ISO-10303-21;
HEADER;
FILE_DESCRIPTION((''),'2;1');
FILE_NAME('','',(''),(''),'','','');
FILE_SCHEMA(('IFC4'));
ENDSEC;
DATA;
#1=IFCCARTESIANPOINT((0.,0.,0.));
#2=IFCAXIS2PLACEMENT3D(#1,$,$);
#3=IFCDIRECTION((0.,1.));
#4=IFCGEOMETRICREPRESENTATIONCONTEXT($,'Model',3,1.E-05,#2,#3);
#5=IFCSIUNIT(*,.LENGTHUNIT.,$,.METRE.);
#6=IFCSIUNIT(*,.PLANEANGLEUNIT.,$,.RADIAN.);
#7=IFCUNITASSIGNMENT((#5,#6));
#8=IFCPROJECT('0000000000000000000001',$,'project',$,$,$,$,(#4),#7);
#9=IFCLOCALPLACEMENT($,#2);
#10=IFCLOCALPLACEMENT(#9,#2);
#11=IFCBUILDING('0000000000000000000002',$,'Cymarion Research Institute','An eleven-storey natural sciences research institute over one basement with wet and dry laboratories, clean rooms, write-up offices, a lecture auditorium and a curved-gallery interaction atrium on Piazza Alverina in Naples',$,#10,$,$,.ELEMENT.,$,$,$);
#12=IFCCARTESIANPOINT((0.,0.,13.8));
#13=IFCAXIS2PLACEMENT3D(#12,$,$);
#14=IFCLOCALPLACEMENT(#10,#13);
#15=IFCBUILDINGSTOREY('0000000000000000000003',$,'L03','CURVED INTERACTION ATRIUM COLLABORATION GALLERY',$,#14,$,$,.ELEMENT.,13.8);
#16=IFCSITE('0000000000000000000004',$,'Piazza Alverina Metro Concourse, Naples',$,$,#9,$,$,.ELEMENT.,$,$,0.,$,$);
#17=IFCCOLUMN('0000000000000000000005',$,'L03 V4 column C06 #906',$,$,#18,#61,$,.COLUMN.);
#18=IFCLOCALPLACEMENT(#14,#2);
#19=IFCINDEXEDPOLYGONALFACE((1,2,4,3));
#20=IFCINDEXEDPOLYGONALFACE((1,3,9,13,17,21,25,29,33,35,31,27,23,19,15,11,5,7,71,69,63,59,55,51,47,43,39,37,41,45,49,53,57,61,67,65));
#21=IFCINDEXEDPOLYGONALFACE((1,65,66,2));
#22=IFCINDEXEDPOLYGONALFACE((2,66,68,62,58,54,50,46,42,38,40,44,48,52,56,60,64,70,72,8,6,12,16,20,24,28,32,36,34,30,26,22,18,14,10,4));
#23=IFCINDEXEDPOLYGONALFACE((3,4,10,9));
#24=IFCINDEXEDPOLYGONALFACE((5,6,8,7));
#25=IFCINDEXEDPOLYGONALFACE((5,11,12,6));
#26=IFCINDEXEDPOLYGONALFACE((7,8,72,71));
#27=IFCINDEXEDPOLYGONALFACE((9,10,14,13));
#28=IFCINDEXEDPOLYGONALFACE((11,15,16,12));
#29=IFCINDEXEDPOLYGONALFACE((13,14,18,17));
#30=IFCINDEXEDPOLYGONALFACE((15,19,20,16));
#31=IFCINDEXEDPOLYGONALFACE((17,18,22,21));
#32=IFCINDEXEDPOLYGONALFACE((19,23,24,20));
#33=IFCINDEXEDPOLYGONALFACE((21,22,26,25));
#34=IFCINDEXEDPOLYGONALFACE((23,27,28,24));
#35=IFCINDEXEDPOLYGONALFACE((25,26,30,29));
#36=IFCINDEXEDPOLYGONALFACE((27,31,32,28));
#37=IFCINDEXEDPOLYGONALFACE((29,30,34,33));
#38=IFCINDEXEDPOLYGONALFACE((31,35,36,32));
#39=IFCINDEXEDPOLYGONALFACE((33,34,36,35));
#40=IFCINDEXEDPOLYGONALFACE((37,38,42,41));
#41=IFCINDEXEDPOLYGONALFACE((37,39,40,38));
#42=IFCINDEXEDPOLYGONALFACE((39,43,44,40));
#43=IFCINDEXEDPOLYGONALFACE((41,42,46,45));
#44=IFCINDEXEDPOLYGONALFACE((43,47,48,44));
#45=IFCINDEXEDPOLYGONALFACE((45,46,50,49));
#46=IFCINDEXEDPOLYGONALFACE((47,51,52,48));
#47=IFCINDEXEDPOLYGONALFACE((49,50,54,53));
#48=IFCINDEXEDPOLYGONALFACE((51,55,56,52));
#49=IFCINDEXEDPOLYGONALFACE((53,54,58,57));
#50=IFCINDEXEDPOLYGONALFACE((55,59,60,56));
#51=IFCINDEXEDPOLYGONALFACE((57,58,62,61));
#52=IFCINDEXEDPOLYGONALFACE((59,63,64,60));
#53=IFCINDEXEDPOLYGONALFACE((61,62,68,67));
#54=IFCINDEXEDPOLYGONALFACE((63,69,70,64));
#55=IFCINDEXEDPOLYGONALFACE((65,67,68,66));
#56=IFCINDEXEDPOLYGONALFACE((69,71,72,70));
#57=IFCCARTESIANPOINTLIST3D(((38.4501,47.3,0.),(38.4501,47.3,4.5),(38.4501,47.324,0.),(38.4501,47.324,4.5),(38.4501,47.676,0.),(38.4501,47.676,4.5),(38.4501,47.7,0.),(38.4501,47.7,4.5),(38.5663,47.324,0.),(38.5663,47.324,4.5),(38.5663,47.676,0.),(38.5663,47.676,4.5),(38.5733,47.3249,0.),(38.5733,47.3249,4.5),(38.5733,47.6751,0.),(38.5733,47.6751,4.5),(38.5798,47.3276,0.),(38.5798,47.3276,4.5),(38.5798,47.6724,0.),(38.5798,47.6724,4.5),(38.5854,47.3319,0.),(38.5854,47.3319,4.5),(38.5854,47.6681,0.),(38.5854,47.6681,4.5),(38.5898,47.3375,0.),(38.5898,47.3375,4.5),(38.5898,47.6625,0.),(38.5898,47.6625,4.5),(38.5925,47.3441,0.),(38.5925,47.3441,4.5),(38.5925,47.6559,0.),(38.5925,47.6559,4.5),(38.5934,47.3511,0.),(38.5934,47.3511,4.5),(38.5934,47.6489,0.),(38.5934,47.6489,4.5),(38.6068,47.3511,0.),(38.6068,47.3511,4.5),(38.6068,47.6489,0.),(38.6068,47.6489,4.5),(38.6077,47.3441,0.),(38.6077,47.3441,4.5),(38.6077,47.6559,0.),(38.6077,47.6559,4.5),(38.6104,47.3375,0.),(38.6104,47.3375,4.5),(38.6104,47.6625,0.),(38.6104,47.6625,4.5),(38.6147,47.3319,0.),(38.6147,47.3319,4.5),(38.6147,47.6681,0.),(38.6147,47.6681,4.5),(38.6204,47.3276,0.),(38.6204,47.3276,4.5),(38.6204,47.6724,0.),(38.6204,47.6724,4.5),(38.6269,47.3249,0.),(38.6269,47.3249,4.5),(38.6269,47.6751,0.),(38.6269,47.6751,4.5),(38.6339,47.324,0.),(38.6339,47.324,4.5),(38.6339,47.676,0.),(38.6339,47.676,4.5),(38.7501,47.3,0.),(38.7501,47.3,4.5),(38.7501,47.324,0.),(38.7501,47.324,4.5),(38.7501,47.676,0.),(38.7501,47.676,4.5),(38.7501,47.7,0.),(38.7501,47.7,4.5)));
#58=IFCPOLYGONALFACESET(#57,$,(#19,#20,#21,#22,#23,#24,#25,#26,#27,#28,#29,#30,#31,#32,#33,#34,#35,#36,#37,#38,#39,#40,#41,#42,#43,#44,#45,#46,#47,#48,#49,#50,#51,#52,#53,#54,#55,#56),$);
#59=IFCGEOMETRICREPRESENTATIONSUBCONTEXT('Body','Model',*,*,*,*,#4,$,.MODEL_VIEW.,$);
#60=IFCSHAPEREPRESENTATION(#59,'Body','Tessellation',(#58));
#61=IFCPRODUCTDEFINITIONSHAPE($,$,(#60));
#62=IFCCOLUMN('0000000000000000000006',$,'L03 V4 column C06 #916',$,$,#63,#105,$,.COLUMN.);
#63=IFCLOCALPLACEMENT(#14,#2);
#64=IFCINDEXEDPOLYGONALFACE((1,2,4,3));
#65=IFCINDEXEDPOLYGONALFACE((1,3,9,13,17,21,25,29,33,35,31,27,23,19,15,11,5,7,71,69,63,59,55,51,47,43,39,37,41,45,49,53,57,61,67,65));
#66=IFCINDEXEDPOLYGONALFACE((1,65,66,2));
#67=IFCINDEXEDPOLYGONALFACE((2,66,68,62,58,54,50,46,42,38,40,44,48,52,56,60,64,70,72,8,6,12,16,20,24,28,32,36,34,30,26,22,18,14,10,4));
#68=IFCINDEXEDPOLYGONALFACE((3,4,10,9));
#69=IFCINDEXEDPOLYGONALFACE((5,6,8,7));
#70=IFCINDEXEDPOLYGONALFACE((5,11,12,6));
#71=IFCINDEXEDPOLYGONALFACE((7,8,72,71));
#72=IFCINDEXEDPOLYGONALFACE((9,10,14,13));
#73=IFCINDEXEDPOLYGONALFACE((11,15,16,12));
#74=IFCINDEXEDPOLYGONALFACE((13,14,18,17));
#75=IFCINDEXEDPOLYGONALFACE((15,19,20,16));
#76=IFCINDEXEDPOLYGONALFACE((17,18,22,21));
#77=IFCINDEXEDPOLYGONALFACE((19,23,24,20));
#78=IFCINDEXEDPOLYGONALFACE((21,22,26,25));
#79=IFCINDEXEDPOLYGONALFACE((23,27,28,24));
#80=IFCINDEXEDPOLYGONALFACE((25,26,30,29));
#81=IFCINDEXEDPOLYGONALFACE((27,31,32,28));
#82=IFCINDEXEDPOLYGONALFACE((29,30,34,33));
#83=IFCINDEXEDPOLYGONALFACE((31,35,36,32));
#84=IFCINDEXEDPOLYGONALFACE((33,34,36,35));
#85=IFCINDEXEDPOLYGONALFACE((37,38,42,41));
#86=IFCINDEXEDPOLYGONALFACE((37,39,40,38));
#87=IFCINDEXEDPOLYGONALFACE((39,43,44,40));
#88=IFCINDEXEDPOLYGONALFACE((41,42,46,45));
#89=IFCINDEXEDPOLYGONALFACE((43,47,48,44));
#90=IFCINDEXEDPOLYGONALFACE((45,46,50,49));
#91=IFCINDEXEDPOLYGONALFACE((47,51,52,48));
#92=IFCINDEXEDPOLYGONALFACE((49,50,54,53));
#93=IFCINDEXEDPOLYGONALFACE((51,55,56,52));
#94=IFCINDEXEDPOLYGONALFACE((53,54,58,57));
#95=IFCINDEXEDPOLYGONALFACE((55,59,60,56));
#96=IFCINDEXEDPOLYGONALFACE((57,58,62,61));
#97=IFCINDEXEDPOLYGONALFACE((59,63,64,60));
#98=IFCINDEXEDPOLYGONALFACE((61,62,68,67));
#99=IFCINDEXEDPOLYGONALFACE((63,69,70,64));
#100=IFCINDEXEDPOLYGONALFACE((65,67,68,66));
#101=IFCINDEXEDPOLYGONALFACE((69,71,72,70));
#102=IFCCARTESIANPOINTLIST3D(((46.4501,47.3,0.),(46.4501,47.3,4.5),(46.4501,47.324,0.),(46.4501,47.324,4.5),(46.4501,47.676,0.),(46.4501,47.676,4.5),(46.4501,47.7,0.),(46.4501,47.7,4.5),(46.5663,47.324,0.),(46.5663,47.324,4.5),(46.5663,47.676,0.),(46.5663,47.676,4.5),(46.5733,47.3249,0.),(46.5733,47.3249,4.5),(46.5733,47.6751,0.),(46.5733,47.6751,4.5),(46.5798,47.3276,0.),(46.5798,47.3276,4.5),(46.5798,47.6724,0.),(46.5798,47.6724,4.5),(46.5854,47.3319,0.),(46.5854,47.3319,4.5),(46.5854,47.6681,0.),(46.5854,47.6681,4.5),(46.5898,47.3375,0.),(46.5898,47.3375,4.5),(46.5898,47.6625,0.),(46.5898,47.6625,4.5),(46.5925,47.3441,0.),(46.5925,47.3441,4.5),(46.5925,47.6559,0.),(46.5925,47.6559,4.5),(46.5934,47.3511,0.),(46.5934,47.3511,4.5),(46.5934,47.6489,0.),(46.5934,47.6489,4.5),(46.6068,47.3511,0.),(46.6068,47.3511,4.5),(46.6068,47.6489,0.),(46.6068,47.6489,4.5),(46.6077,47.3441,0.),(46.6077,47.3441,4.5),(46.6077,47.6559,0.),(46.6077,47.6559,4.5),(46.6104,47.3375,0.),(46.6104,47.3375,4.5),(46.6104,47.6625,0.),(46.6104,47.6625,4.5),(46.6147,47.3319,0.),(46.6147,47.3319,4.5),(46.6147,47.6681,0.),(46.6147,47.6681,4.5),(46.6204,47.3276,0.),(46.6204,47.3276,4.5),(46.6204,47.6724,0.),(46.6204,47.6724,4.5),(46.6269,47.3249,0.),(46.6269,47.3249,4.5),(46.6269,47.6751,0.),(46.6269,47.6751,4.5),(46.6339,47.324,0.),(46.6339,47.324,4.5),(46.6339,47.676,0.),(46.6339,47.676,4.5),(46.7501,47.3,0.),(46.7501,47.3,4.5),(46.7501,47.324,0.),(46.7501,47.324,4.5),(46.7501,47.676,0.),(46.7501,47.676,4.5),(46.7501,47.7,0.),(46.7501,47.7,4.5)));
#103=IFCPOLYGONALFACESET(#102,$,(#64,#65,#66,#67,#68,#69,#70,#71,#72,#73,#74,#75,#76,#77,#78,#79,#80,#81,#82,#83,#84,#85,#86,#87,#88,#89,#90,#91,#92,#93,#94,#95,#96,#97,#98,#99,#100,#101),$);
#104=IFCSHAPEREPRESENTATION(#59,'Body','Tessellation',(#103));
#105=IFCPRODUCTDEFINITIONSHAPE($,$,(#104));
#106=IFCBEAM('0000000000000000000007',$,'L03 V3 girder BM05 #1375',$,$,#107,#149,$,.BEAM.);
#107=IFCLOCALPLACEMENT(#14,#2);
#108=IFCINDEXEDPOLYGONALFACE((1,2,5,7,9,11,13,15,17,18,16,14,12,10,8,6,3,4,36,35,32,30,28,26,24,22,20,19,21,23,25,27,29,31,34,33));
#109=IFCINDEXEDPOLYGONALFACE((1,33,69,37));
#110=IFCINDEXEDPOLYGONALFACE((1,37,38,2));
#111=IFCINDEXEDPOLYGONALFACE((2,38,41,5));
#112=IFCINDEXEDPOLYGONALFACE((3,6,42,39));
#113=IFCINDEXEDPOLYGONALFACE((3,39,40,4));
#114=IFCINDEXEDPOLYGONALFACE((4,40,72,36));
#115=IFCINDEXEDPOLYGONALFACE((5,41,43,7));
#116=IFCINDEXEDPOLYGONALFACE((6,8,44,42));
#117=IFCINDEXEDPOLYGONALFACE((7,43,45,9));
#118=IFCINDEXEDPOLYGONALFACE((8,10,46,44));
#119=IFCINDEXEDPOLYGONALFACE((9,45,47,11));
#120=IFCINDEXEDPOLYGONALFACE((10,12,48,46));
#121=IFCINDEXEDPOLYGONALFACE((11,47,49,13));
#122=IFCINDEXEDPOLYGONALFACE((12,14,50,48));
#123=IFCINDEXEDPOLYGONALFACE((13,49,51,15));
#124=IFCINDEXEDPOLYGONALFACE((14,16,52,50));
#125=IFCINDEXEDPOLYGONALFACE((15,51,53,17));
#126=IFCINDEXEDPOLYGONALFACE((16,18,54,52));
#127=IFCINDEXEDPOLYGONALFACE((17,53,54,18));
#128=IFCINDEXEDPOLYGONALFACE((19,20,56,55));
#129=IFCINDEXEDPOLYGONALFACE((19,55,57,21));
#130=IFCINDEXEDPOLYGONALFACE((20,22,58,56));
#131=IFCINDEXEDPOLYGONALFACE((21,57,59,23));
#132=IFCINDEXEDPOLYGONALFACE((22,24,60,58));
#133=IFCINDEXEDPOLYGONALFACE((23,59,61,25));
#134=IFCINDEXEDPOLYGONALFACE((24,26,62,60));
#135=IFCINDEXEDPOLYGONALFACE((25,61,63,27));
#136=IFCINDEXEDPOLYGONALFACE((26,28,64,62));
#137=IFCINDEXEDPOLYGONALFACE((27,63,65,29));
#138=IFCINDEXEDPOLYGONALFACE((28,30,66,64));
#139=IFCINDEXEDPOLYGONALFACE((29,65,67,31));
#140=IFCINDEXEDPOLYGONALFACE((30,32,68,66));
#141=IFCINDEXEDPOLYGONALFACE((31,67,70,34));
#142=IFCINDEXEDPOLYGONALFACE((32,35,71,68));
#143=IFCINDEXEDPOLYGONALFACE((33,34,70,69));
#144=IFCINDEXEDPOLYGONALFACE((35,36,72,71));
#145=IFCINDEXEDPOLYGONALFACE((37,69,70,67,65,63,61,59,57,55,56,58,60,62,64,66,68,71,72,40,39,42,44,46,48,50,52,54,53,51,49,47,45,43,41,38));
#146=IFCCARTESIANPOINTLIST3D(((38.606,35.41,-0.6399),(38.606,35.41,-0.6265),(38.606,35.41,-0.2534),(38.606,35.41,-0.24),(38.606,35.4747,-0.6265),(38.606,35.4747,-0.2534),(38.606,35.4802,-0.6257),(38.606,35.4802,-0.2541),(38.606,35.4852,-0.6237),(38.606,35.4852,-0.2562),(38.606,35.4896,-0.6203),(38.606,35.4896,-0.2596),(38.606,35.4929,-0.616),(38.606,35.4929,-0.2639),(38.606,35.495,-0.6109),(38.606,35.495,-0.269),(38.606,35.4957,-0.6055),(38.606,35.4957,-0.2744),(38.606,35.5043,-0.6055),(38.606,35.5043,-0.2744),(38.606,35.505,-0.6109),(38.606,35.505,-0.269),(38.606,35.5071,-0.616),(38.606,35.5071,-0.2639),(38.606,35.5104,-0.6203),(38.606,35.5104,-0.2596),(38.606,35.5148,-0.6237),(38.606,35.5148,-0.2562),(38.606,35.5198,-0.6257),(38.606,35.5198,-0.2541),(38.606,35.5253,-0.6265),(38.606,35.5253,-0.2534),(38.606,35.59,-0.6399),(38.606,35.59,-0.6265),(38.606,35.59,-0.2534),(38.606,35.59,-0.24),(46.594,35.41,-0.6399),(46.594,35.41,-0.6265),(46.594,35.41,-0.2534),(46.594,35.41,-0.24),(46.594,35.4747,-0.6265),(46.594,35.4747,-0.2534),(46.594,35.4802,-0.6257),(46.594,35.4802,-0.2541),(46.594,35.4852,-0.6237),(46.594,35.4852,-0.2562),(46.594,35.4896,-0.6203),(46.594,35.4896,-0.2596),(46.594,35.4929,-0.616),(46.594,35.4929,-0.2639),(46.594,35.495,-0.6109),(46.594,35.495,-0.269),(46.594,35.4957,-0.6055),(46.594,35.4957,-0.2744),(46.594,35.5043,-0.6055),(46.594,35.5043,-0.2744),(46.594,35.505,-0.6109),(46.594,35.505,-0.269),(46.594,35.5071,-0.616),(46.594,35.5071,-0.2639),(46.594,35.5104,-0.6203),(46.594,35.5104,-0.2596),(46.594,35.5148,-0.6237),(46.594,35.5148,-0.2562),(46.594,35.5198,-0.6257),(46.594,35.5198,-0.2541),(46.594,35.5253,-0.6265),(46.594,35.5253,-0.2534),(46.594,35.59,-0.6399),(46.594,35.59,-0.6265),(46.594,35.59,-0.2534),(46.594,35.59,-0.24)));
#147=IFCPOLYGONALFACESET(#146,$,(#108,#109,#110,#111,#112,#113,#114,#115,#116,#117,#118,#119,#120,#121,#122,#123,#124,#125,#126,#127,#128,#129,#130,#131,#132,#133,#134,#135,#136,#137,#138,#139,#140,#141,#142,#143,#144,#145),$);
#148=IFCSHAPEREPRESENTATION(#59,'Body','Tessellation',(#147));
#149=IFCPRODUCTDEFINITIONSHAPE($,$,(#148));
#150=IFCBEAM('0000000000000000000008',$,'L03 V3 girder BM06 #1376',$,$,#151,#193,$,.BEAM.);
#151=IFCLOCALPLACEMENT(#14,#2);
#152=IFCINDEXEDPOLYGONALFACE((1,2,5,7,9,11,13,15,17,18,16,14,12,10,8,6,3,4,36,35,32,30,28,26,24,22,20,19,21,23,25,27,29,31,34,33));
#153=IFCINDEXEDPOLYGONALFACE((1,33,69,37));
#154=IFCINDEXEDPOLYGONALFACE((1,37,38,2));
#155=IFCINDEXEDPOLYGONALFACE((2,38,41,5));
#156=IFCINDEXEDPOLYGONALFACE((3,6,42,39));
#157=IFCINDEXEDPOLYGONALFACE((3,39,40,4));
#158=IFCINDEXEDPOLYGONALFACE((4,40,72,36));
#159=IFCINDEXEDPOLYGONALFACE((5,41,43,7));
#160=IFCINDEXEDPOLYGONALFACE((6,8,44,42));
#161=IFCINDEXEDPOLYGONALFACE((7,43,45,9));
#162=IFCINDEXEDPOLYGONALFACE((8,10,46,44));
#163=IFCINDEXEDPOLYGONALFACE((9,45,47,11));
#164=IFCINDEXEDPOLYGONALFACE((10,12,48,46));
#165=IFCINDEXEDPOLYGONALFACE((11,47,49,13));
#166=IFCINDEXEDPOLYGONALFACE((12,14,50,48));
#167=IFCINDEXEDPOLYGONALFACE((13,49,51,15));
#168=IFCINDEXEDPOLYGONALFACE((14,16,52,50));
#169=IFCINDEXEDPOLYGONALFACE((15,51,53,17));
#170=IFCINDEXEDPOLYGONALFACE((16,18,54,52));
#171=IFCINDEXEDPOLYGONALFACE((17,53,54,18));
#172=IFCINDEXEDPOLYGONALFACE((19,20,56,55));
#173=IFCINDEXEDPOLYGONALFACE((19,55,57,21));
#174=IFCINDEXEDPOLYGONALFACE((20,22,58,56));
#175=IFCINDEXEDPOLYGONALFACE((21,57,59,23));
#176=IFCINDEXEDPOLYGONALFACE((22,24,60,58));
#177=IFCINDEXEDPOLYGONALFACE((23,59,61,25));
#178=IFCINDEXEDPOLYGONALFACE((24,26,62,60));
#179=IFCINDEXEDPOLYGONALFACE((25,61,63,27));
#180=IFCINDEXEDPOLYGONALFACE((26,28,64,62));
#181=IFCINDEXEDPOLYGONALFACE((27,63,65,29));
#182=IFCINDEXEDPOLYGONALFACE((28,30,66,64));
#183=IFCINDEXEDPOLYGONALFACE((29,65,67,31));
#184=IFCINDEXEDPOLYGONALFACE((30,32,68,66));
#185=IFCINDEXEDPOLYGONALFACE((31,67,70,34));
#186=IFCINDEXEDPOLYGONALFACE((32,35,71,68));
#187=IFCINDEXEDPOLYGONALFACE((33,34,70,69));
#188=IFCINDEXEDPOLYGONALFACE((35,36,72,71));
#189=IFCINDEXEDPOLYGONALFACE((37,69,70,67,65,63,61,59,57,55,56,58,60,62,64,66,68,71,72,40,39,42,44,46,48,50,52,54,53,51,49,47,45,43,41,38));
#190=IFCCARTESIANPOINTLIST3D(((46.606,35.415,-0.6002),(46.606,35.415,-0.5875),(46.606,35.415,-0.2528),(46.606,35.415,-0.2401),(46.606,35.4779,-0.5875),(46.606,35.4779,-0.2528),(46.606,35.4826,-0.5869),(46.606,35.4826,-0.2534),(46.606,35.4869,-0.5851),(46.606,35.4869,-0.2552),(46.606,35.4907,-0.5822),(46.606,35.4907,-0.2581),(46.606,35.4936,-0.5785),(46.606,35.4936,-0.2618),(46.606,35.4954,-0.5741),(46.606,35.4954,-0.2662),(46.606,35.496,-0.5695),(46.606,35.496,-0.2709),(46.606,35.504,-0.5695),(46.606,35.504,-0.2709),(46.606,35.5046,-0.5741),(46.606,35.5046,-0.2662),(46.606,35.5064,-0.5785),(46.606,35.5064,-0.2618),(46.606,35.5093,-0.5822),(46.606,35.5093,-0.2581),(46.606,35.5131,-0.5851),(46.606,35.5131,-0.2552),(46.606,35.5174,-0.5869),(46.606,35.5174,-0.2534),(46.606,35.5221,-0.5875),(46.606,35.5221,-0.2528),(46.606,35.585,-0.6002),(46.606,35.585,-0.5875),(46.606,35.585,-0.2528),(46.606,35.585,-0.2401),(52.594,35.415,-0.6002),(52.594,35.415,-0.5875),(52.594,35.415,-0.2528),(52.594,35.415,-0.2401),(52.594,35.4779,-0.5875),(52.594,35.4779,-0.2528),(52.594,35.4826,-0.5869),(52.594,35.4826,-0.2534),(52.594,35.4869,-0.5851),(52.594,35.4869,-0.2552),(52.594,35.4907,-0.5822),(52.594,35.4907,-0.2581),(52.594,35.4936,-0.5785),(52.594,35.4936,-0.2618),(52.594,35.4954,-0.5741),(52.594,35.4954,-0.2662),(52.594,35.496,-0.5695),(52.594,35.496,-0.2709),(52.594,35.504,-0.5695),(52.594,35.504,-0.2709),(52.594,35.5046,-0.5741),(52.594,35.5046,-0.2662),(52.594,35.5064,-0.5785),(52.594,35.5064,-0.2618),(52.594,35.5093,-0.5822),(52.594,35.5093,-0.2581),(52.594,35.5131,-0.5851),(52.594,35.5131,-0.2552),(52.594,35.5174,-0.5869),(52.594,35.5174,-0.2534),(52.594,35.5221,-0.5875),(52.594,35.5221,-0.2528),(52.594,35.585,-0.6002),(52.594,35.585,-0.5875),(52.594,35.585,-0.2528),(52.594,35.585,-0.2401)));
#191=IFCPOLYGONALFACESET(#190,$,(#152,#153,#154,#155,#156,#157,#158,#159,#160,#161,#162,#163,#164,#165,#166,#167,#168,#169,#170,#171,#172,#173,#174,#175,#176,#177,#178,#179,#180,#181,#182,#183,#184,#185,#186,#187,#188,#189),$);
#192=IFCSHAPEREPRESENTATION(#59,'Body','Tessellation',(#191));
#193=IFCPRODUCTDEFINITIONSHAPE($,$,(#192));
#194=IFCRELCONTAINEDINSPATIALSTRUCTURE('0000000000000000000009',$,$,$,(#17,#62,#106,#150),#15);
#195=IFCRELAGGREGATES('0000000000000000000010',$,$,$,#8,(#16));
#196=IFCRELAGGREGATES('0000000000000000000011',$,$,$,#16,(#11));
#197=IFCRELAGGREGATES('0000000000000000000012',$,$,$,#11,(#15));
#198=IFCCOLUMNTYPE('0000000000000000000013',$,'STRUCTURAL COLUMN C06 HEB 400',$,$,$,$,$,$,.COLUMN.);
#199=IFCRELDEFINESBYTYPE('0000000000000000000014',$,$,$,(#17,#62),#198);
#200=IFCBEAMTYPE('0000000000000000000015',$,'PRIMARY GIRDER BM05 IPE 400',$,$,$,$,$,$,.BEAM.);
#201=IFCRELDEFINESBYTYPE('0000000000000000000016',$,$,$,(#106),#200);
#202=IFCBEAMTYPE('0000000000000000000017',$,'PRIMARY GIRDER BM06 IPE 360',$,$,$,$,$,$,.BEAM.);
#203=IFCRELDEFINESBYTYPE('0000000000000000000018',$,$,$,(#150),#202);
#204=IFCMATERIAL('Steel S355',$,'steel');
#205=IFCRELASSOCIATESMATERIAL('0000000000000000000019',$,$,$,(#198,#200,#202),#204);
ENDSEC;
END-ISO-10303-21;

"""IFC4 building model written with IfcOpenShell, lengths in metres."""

from ifc_helpers import new_model, si_unit, direction, frame, origin, origin_2d, place, context, subcontext, project, spatial, i_section, extrude, material, material_profile, profile_set, type_object, element, save


model = new_model("IFC4")

# Units and contexts
model_context = context("Model", 3, precision=1e-05, world=origin(), true_north=direction((0.0, 1.0)))
body_context = subcontext(model_context, "Body", "Model", "MODEL_VIEW")
ifc_project = project(units=[si_unit("LENGTHUNIT", "METRE"), si_unit("PLANEANGLEUNIT", "RADIAN")], contexts=[model_context])

# Site, building, storey
site_placement = place(None, origin())
site = spatial("IfcSite", under=ifc_project, at=site_placement, Name="Piazza Alverina Metro Concourse, Naples", CompositionType="ELEMENT", RefElevation=0.0)
building_placement = place(site_placement, origin())
building = spatial("IfcBuilding", under=site, at=building_placement, Name="Cymarion Research Institute", Description="An eleven-storey natural sciences research institute over one basement with wet and dry laboratories, clean rooms, write-up offices, a lecture auditorium and a curved-gallery interaction atrium on Piazza Alverina in Naples", CompositionType="ELEMENT")
storey_placement = place(building_placement, frame((0.0, 0.0, 13.8)))
storey = spatial("IfcBuildingStorey", under=building, at=storey_placement, Name="L03", Description="CURVED INTERACTION ATRIUM COLLABORATION GALLERY", CompositionType="ELEMENT", Elevation=13.8)

# Columns
ifc_material_1 = material(Name="Steel S355", Category="steel")
ifc_material_profile_1 = material_profile(ifc_material_1, i_section(OverallWidth=0.3, OverallDepth=0.3999, WebThickness=0.0134, FlangeThickness=0.0239, FilletRadius=0.0271, at=origin_2d()), Name="HEB 400")
ifc_profile_set_1 = profile_set([ifc_material_profile_1], Name="Steel S355")
column_type = type_object("IfcColumnType", Name="STRUCTURAL COLUMN C06 HEB 400", PredefinedType="COLUMN", material=ifc_profile_set_1)
for number, where, z_axis, x_axis, name in (
    (1, (38.6001, 47.5, 0.0), (0.0, 0.0, 1.0), (1.0, 0.0, 0.0), "L03 V4 column C06 #906"),
    (2, (46.6001, 47.5, 0.0), (0.0, 0.0, 1.0), (1.0, 0.0, 0.0), "L03 V4 column C06 #916"),
):
    element("IfcColumn", number, at=place(storey_placement, frame(where, z_axis=z_axis, x_axis=x_axis)), inside=storey, type_object=column_type, Name=name, PredefinedType="COLUMN", context=body_context, shape_type="SweptSolid", body=[
        extrude(i_section(OverallWidth=0.3, OverallDepth=0.3999, WebThickness=0.0134, FlangeThickness=0.0239, FilletRadius=0.0271, at=origin_2d()), origin(), (0.0, 0.0, 1.0), 4.5),
    ])

# Beams
ifc_material_profile_2 = material_profile(ifc_material_1, i_section(OverallWidth=0.1799, OverallDepth=0.3999, WebThickness=0.0085, FlangeThickness=0.0134, FilletRadius=0.021, at=origin_2d()), Name="IPE 400")
ifc_profile_set_2 = profile_set([ifc_material_profile_2], Name="Steel S355")
beam_type_1 = type_object("IfcBeamType", Name="PRIMARY GIRDER BM05 IPE 400", PredefinedType="BEAM", material=ifc_profile_set_2)
beam_1_placement = place(storey_placement, frame((38.606, 35.5, -0.4399), z_axis=(1.0, 0.0, 0.0), x_axis=(0.0, 1.0, 0.0)))
element("IfcBeam", 3, at=beam_1_placement, inside=storey, type_object=beam_type_1, Name="L03 V3 girder BM05 #1375", PredefinedType="BEAM", context=body_context, shape_type="SweptSolid", body=[
    extrude(i_section(OverallWidth=0.1799, OverallDepth=0.3999, WebThickness=0.0085, FlangeThickness=0.0134, FilletRadius=0.021, at=origin_2d()), origin(), (0.0, 0.0, 1.0), 7.988),
])
ifc_material_profile_3 = material_profile(ifc_material_1, i_section(OverallWidth=0.1699, OverallDepth=0.3601, WebThickness=0.0081, FlangeThickness=0.0127, FilletRadius=0.0181, at=origin_2d()), Name="IPE 360")
ifc_profile_set_3 = profile_set([ifc_material_profile_3], Name="Steel S355")
beam_type_2 = type_object("IfcBeamType", Name="PRIMARY GIRDER BM06 IPE 360", PredefinedType="BEAM", material=ifc_profile_set_3)
beam_2_placement = place(storey_placement, frame((46.606, 35.5, -0.4202), z_axis=(1.0, 0.0, 0.0), x_axis=(0.0, 1.0, 0.0)))
element("IfcBeam", 4, at=beam_2_placement, inside=storey, type_object=beam_type_2, Name="L03 V3 girder BM06 #1376", PredefinedType="BEAM", context=body_context, shape_type="SweptSolid", body=[
    extrude(i_section(OverallWidth=0.1699, OverallDepth=0.3601, WebThickness=0.0081, FlangeThickness=0.0127, FilletRadius=0.0181, at=origin_2d()), origin(), (0.0, 0.0, 1.0), 5.988),
])

save(model, "model.ifc")
